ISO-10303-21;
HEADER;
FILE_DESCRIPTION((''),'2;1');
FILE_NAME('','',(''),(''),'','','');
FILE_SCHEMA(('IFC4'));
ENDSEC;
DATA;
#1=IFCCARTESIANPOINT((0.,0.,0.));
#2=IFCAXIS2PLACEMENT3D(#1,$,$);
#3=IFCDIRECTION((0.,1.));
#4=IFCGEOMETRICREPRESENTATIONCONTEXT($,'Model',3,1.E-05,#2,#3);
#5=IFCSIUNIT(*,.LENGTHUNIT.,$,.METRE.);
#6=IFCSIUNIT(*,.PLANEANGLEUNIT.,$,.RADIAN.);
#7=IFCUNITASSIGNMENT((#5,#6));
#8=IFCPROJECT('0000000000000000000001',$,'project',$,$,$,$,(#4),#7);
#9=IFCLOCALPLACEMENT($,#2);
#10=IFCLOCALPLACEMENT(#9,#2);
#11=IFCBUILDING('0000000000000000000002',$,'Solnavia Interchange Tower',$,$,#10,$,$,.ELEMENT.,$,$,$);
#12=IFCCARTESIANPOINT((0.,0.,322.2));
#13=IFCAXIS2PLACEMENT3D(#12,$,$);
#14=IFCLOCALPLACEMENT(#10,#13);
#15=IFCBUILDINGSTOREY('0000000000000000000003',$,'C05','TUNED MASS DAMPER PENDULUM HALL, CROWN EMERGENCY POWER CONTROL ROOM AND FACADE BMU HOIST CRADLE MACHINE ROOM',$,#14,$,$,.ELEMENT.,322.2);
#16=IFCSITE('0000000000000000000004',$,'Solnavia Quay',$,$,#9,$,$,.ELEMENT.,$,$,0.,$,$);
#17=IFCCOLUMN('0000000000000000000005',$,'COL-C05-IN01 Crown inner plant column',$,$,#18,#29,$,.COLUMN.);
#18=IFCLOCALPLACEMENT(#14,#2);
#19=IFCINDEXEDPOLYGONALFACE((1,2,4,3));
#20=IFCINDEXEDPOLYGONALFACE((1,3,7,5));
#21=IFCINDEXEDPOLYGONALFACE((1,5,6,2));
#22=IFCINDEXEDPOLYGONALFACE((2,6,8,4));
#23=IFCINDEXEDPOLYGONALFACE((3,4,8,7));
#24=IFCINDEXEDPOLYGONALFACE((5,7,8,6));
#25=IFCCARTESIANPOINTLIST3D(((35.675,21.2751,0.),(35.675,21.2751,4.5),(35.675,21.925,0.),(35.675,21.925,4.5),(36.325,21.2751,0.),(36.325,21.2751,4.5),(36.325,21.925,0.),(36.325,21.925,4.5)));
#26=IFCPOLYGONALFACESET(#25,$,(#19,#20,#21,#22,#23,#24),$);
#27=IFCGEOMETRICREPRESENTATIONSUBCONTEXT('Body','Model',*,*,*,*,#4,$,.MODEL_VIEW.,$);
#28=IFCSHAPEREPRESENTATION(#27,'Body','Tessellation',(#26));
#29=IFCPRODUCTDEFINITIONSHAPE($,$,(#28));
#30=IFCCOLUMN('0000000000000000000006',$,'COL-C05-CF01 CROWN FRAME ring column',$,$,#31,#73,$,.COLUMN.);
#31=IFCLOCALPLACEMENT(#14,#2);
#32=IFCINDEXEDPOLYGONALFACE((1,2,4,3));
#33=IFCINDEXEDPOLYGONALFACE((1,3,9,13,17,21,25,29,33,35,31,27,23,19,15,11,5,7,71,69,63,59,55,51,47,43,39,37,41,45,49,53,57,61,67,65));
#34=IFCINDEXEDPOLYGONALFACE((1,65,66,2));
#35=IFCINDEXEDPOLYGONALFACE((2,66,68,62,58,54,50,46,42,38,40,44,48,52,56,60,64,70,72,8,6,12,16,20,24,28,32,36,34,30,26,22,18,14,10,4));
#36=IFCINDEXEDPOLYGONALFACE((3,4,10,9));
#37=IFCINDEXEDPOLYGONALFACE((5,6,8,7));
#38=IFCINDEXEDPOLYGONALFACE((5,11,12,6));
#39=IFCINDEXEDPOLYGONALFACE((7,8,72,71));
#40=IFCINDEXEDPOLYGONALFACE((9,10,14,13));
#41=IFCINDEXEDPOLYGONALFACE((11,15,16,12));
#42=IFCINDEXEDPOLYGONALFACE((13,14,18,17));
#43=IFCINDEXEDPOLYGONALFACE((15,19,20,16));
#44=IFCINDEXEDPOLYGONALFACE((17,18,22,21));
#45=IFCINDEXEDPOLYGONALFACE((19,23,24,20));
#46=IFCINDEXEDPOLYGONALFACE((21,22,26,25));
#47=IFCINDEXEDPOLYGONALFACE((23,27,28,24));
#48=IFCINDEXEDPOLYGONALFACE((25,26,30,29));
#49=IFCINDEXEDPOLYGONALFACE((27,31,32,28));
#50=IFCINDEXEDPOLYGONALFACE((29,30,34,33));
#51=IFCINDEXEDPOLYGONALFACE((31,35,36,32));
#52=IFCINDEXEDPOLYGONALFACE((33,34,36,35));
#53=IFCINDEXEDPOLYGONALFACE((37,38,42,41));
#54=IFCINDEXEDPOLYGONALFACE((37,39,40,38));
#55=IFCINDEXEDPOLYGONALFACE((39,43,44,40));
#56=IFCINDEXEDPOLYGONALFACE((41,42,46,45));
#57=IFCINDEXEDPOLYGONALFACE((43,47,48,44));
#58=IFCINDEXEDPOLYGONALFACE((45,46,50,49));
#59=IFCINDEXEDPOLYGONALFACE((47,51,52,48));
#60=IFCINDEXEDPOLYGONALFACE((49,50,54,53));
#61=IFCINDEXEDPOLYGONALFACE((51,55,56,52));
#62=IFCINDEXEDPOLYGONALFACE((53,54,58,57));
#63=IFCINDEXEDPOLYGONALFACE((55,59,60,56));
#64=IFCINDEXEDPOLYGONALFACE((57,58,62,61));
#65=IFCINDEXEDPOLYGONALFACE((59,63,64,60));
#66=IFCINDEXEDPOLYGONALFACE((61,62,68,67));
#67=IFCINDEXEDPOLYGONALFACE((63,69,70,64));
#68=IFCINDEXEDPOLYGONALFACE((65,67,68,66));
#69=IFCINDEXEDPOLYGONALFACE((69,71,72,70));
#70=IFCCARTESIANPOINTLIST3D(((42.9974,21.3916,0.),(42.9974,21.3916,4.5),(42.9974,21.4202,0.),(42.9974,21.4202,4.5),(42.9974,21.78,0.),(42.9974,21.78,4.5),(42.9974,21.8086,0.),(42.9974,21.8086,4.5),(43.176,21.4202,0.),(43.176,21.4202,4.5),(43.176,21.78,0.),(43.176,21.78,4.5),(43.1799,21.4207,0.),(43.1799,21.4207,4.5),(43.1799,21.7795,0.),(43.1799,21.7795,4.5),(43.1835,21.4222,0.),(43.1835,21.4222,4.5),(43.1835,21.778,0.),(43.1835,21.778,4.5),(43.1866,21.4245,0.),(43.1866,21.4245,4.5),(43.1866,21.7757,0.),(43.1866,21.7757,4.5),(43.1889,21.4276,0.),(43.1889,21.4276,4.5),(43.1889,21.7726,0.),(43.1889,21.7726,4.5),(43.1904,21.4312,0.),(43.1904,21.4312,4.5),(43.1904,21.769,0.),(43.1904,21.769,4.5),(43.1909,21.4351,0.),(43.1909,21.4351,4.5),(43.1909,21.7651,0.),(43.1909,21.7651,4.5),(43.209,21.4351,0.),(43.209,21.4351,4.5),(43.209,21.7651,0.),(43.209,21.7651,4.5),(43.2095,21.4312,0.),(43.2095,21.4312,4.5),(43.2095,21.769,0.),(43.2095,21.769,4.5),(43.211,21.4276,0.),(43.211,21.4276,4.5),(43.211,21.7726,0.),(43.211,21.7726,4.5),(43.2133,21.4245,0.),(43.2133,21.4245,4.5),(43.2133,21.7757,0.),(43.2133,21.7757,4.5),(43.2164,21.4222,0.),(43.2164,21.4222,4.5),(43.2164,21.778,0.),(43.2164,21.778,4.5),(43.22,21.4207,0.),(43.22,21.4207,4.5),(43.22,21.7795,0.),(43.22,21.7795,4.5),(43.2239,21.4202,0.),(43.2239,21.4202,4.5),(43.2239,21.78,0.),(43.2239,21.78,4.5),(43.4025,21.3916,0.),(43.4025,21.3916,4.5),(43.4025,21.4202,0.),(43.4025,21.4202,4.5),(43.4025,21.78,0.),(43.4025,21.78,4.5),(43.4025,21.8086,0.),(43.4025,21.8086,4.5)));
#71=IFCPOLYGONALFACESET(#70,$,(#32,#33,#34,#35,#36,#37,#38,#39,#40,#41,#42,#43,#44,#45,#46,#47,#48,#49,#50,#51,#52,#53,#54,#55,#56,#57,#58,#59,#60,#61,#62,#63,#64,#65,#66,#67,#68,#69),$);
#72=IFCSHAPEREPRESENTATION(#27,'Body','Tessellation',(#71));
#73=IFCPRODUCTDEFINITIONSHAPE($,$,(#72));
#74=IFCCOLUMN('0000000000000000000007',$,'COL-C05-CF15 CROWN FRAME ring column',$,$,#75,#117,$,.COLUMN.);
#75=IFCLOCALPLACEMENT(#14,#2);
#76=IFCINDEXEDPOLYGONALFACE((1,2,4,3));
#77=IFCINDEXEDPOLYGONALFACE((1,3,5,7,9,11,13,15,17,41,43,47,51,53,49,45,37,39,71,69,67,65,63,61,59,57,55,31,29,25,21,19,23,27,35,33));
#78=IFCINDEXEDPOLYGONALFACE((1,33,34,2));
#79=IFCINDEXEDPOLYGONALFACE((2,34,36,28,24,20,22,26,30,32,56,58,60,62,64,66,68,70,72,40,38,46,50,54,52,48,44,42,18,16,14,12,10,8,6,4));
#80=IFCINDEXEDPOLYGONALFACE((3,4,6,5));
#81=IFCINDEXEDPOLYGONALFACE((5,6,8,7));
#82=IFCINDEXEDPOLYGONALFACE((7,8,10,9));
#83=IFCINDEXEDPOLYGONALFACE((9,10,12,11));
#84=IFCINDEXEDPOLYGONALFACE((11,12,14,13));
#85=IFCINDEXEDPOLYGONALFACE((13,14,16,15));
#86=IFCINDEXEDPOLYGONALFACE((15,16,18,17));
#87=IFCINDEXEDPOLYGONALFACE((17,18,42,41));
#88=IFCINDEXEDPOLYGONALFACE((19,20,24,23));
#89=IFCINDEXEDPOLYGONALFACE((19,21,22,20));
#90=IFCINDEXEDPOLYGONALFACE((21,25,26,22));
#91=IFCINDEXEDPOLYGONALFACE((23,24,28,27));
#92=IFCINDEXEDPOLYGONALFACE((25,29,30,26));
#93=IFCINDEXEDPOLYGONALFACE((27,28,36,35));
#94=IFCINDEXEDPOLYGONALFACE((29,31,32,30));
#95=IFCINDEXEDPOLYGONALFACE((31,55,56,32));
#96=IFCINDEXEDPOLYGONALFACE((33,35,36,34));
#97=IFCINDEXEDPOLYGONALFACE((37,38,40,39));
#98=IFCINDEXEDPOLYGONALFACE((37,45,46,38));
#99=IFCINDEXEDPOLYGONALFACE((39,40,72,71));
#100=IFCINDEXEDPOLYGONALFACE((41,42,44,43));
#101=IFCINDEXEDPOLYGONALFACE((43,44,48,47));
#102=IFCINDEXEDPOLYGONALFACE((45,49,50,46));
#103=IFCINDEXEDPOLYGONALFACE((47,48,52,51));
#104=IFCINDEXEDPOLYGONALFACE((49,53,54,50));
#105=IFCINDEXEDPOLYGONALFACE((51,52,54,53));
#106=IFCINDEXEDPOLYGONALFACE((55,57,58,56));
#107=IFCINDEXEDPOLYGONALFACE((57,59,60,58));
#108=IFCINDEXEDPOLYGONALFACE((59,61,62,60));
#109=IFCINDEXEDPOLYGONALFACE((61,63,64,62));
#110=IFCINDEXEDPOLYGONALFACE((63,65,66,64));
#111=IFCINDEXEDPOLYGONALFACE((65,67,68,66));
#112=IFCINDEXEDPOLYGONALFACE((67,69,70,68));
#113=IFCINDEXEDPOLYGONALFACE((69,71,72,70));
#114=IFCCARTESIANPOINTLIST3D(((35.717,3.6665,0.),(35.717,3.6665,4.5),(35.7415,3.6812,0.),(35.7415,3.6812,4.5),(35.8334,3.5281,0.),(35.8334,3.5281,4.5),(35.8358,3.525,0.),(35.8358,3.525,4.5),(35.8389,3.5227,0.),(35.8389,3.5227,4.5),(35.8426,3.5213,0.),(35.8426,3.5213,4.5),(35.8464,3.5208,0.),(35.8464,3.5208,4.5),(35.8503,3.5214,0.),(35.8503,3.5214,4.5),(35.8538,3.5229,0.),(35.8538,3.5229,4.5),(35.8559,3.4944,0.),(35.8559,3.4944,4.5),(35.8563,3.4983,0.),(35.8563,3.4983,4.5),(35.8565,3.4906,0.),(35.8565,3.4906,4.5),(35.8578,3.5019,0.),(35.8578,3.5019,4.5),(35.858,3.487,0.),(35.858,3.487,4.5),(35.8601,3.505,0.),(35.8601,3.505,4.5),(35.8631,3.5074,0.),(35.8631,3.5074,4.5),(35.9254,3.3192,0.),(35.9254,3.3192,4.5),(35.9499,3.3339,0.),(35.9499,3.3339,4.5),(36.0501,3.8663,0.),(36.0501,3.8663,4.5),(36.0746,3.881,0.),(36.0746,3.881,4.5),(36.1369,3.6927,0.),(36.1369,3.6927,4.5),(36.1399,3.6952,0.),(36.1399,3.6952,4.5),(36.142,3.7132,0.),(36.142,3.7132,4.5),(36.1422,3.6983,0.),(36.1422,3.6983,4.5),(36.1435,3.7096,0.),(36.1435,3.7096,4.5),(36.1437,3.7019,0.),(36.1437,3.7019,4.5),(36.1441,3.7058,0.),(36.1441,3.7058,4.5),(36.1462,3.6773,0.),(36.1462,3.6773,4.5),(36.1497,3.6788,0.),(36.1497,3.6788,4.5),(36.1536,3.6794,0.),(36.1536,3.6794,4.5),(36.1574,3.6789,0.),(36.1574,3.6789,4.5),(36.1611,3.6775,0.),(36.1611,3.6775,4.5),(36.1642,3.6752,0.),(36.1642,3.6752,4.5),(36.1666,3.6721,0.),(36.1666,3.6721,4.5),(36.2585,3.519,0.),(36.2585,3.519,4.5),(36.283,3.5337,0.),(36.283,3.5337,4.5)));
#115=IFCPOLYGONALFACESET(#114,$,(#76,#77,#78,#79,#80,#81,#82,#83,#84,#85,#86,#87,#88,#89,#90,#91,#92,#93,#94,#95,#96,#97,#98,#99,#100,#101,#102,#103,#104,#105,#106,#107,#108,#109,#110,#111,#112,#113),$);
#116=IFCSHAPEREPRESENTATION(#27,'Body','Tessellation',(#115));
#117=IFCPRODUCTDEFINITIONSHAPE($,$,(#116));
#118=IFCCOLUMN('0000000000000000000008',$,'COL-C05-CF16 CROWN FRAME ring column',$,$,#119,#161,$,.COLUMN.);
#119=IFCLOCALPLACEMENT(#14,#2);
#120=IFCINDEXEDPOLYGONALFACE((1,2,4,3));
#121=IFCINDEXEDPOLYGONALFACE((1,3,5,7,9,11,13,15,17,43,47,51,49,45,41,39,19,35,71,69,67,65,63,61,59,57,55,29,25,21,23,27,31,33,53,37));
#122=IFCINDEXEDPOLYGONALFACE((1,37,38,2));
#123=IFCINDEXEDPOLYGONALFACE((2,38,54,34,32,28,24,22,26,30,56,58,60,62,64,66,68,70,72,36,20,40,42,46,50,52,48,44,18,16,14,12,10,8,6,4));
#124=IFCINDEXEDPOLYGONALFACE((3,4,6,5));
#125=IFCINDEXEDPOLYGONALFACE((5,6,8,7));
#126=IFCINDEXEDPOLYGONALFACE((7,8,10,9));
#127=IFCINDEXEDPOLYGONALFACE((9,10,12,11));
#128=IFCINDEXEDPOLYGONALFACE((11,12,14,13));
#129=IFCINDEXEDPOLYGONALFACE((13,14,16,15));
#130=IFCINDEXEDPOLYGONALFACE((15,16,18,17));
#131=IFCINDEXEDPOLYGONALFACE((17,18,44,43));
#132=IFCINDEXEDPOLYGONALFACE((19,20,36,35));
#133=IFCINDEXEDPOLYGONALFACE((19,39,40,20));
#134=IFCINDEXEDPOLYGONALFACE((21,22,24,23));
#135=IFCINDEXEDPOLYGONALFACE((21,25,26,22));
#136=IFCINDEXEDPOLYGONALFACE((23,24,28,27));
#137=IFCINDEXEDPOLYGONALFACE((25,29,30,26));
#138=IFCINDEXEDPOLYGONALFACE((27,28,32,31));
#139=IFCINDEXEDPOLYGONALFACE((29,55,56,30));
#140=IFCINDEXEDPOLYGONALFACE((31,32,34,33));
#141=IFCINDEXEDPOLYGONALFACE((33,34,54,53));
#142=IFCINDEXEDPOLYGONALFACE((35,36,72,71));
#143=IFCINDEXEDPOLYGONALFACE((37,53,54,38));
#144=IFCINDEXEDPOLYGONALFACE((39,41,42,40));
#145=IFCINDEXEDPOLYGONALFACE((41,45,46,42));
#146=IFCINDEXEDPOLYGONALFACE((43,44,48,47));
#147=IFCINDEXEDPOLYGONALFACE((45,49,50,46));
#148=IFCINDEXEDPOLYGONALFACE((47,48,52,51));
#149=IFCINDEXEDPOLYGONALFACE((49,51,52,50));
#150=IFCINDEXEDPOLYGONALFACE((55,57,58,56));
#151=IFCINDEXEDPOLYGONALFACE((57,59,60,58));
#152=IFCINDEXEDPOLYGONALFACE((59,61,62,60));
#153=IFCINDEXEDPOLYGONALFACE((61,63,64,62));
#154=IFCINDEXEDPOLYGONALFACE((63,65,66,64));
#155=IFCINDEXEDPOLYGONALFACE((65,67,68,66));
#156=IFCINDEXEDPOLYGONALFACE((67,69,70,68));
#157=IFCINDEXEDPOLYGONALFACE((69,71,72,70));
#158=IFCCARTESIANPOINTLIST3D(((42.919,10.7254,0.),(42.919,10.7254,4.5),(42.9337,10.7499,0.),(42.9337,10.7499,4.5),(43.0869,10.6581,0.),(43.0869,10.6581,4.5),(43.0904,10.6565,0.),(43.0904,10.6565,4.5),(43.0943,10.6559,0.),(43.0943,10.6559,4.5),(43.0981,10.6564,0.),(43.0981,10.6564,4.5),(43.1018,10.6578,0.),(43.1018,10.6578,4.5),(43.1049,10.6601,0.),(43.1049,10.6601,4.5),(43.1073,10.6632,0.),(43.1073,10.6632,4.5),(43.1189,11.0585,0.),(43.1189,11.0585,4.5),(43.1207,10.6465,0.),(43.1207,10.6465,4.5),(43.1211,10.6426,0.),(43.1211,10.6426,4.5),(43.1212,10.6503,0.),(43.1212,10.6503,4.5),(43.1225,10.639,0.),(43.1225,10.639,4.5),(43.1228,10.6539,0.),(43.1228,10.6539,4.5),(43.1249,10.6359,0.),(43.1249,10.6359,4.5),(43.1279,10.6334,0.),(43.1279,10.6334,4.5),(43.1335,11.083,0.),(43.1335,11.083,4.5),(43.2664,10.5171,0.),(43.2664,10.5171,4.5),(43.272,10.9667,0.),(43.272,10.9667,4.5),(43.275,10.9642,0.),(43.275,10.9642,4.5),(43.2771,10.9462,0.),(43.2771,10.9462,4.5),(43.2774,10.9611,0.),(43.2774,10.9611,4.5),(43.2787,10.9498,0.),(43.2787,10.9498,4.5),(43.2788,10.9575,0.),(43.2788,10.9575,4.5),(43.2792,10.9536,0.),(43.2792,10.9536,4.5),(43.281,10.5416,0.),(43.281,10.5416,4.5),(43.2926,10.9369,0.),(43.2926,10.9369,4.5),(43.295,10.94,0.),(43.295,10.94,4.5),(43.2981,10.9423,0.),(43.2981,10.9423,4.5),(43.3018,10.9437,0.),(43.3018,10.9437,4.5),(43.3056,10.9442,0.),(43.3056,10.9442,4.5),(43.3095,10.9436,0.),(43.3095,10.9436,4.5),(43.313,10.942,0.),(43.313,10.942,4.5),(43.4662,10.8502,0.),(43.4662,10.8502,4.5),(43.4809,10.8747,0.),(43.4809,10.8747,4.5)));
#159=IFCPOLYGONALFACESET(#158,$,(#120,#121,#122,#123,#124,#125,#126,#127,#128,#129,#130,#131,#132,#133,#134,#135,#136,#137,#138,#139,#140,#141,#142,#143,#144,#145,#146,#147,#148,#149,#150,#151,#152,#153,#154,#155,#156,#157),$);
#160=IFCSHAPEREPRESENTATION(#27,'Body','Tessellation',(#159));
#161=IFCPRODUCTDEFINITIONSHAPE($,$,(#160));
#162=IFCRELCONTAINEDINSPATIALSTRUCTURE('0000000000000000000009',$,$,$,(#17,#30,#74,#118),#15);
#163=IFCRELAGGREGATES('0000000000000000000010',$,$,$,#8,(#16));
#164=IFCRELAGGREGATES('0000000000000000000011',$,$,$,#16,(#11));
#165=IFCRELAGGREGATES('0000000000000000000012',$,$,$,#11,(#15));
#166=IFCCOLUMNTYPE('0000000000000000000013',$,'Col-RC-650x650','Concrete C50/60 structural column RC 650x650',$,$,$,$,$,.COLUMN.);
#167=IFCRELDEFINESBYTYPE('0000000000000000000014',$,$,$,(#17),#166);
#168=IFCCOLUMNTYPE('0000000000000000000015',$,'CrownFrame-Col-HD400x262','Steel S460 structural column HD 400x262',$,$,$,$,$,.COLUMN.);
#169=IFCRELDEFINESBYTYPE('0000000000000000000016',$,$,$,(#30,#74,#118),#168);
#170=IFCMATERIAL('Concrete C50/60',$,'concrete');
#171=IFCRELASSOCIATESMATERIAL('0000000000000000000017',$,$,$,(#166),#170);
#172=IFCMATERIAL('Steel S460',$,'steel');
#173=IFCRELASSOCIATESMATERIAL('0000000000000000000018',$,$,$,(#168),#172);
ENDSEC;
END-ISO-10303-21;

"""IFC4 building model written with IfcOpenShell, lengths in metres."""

from ifc_helpers import new_model, si_unit, direction, frame, origin, origin_2d, place, context, subcontext, project, spatial, rectangle, i_section, extrude, material, material_profile, profile_set, type_object, element, save


model = new_model("IFC4")

# Units and contexts
model_context = context("Model", 3, precision=1e-05, world=origin(), true_north=direction((0.0, 1.0)))
body_context = subcontext(model_context, "Body", "Model", "MODEL_VIEW")
ifc_project = project(units=[si_unit("LENGTHUNIT", "METRE"), si_unit("PLANEANGLEUNIT", "RADIAN")], contexts=[model_context])

# Site, building, storey
site_placement = place(None, origin())
site = spatial("IfcSite", under=ifc_project, at=site_placement, Name="Solnavia Quay", CompositionType="ELEMENT", RefElevation=0.0)
building_placement = place(site_placement, origin())
building = spatial("IfcBuilding", under=site, at=building_placement, Name="Solnavia Interchange Tower", CompositionType="ELEMENT")
storey_placement = place(building_placement, frame((0.0, 0.0, 322.2)))
storey = spatial("IfcBuildingStorey", under=building, at=storey_placement, Name="C05", Description="TUNED MASS DAMPER PENDULUM HALL, CROWN EMERGENCY POWER CONTROL ROOM AND FACADE BMU HOIST CRADLE MACHINE ROOM", CompositionType="ELEMENT", Elevation=322.2)

# Columns
ifc_material_1 = material(Name="Concrete C50/60", Category="concrete")
ifc_material_profile_1 = material_profile(ifc_material_1, rectangle(XDim=0.6499, YDim=0.6499, at=origin_2d()), Name="RC 650x650")
ifc_profile_set_1 = profile_set([ifc_material_profile_1], Name="Concrete C50/60")
column_type_1 = type_object("IfcColumnType", Name="Col-RC-650x650", Description="Concrete C50/60 structural column RC 650x650", PredefinedType="COLUMN", material=ifc_profile_set_1)
column_placement = place(storey_placement, frame((36.0, 21.6001, 0.0), z_axis=(0.0, 0.0, 1.0), x_axis=(1.0, 0.0, 0.0)))
element("IfcColumn", 1, at=column_placement, inside=storey, type_object=column_type_1, Name="COL-C05-IN01 Crown inner plant column", PredefinedType="COLUMN", context=body_context, shape_type="SweptSolid", body=[
    extrude(rectangle(XDim=0.6499, YDim=0.6499, at=origin_2d()), origin(), (0.0, 0.0, 1.0), 4.5),
])
ifc_material_2 = material(Name="Steel S460", Category="steel")
ifc_material_profile_2 = material_profile(ifc_material_2, i_section(OverallWidth=0.405, OverallDepth=0.417, WebThickness=0.0181, FlangeThickness=0.0286, FilletRadius=0.0149, at=origin_2d()), Name="HD 400x262")
ifc_profile_set_2 = profile_set([ifc_material_profile_2], Name="Steel S460")
column_type_2 = type_object("IfcColumnType", Name="CrownFrame-Col-HD400x262", Description="Steel S460 structural column HD 400x262", PredefinedType="COLUMN", material=ifc_profile_set_2)
for number, where, z_axis, x_axis, name in (
    (2, (43.2, 21.6001, 0.0), (0.0, 0.0, 1.0), (1.0, 0.0, 0.0), "COL-C05-CF01 CROWN FRAME ring column"),
    (3, (36.0, 3.6001, 0.0), (0.0, 0.0, 1.0), (0.51444, -0.857527, 0.0), "COL-C05-CF15 CROWN FRAME ring column"),
    (4, (43.2, 10.8, 0.0), (0.0, 0.0, 1.0), (0.857527, -0.51444, 0.0), "COL-C05-CF16 CROWN FRAME ring column"),
):
    element("IfcColumn", number, at=place(storey_placement, frame(where, z_axis=z_axis, x_axis=x_axis)), inside=storey, type_object=column_type_2, Name=name, PredefinedType="COLUMN", context=body_context, shape_type="SweptSolid", body=[
        extrude(i_section(OverallWidth=0.405, OverallDepth=0.417, WebThickness=0.0181, FlangeThickness=0.0286, FilletRadius=0.0149, at=origin_2d()), origin(), (0.0, 0.0, 1.0), 4.5),
    ])

save(model, "model.ifc")
